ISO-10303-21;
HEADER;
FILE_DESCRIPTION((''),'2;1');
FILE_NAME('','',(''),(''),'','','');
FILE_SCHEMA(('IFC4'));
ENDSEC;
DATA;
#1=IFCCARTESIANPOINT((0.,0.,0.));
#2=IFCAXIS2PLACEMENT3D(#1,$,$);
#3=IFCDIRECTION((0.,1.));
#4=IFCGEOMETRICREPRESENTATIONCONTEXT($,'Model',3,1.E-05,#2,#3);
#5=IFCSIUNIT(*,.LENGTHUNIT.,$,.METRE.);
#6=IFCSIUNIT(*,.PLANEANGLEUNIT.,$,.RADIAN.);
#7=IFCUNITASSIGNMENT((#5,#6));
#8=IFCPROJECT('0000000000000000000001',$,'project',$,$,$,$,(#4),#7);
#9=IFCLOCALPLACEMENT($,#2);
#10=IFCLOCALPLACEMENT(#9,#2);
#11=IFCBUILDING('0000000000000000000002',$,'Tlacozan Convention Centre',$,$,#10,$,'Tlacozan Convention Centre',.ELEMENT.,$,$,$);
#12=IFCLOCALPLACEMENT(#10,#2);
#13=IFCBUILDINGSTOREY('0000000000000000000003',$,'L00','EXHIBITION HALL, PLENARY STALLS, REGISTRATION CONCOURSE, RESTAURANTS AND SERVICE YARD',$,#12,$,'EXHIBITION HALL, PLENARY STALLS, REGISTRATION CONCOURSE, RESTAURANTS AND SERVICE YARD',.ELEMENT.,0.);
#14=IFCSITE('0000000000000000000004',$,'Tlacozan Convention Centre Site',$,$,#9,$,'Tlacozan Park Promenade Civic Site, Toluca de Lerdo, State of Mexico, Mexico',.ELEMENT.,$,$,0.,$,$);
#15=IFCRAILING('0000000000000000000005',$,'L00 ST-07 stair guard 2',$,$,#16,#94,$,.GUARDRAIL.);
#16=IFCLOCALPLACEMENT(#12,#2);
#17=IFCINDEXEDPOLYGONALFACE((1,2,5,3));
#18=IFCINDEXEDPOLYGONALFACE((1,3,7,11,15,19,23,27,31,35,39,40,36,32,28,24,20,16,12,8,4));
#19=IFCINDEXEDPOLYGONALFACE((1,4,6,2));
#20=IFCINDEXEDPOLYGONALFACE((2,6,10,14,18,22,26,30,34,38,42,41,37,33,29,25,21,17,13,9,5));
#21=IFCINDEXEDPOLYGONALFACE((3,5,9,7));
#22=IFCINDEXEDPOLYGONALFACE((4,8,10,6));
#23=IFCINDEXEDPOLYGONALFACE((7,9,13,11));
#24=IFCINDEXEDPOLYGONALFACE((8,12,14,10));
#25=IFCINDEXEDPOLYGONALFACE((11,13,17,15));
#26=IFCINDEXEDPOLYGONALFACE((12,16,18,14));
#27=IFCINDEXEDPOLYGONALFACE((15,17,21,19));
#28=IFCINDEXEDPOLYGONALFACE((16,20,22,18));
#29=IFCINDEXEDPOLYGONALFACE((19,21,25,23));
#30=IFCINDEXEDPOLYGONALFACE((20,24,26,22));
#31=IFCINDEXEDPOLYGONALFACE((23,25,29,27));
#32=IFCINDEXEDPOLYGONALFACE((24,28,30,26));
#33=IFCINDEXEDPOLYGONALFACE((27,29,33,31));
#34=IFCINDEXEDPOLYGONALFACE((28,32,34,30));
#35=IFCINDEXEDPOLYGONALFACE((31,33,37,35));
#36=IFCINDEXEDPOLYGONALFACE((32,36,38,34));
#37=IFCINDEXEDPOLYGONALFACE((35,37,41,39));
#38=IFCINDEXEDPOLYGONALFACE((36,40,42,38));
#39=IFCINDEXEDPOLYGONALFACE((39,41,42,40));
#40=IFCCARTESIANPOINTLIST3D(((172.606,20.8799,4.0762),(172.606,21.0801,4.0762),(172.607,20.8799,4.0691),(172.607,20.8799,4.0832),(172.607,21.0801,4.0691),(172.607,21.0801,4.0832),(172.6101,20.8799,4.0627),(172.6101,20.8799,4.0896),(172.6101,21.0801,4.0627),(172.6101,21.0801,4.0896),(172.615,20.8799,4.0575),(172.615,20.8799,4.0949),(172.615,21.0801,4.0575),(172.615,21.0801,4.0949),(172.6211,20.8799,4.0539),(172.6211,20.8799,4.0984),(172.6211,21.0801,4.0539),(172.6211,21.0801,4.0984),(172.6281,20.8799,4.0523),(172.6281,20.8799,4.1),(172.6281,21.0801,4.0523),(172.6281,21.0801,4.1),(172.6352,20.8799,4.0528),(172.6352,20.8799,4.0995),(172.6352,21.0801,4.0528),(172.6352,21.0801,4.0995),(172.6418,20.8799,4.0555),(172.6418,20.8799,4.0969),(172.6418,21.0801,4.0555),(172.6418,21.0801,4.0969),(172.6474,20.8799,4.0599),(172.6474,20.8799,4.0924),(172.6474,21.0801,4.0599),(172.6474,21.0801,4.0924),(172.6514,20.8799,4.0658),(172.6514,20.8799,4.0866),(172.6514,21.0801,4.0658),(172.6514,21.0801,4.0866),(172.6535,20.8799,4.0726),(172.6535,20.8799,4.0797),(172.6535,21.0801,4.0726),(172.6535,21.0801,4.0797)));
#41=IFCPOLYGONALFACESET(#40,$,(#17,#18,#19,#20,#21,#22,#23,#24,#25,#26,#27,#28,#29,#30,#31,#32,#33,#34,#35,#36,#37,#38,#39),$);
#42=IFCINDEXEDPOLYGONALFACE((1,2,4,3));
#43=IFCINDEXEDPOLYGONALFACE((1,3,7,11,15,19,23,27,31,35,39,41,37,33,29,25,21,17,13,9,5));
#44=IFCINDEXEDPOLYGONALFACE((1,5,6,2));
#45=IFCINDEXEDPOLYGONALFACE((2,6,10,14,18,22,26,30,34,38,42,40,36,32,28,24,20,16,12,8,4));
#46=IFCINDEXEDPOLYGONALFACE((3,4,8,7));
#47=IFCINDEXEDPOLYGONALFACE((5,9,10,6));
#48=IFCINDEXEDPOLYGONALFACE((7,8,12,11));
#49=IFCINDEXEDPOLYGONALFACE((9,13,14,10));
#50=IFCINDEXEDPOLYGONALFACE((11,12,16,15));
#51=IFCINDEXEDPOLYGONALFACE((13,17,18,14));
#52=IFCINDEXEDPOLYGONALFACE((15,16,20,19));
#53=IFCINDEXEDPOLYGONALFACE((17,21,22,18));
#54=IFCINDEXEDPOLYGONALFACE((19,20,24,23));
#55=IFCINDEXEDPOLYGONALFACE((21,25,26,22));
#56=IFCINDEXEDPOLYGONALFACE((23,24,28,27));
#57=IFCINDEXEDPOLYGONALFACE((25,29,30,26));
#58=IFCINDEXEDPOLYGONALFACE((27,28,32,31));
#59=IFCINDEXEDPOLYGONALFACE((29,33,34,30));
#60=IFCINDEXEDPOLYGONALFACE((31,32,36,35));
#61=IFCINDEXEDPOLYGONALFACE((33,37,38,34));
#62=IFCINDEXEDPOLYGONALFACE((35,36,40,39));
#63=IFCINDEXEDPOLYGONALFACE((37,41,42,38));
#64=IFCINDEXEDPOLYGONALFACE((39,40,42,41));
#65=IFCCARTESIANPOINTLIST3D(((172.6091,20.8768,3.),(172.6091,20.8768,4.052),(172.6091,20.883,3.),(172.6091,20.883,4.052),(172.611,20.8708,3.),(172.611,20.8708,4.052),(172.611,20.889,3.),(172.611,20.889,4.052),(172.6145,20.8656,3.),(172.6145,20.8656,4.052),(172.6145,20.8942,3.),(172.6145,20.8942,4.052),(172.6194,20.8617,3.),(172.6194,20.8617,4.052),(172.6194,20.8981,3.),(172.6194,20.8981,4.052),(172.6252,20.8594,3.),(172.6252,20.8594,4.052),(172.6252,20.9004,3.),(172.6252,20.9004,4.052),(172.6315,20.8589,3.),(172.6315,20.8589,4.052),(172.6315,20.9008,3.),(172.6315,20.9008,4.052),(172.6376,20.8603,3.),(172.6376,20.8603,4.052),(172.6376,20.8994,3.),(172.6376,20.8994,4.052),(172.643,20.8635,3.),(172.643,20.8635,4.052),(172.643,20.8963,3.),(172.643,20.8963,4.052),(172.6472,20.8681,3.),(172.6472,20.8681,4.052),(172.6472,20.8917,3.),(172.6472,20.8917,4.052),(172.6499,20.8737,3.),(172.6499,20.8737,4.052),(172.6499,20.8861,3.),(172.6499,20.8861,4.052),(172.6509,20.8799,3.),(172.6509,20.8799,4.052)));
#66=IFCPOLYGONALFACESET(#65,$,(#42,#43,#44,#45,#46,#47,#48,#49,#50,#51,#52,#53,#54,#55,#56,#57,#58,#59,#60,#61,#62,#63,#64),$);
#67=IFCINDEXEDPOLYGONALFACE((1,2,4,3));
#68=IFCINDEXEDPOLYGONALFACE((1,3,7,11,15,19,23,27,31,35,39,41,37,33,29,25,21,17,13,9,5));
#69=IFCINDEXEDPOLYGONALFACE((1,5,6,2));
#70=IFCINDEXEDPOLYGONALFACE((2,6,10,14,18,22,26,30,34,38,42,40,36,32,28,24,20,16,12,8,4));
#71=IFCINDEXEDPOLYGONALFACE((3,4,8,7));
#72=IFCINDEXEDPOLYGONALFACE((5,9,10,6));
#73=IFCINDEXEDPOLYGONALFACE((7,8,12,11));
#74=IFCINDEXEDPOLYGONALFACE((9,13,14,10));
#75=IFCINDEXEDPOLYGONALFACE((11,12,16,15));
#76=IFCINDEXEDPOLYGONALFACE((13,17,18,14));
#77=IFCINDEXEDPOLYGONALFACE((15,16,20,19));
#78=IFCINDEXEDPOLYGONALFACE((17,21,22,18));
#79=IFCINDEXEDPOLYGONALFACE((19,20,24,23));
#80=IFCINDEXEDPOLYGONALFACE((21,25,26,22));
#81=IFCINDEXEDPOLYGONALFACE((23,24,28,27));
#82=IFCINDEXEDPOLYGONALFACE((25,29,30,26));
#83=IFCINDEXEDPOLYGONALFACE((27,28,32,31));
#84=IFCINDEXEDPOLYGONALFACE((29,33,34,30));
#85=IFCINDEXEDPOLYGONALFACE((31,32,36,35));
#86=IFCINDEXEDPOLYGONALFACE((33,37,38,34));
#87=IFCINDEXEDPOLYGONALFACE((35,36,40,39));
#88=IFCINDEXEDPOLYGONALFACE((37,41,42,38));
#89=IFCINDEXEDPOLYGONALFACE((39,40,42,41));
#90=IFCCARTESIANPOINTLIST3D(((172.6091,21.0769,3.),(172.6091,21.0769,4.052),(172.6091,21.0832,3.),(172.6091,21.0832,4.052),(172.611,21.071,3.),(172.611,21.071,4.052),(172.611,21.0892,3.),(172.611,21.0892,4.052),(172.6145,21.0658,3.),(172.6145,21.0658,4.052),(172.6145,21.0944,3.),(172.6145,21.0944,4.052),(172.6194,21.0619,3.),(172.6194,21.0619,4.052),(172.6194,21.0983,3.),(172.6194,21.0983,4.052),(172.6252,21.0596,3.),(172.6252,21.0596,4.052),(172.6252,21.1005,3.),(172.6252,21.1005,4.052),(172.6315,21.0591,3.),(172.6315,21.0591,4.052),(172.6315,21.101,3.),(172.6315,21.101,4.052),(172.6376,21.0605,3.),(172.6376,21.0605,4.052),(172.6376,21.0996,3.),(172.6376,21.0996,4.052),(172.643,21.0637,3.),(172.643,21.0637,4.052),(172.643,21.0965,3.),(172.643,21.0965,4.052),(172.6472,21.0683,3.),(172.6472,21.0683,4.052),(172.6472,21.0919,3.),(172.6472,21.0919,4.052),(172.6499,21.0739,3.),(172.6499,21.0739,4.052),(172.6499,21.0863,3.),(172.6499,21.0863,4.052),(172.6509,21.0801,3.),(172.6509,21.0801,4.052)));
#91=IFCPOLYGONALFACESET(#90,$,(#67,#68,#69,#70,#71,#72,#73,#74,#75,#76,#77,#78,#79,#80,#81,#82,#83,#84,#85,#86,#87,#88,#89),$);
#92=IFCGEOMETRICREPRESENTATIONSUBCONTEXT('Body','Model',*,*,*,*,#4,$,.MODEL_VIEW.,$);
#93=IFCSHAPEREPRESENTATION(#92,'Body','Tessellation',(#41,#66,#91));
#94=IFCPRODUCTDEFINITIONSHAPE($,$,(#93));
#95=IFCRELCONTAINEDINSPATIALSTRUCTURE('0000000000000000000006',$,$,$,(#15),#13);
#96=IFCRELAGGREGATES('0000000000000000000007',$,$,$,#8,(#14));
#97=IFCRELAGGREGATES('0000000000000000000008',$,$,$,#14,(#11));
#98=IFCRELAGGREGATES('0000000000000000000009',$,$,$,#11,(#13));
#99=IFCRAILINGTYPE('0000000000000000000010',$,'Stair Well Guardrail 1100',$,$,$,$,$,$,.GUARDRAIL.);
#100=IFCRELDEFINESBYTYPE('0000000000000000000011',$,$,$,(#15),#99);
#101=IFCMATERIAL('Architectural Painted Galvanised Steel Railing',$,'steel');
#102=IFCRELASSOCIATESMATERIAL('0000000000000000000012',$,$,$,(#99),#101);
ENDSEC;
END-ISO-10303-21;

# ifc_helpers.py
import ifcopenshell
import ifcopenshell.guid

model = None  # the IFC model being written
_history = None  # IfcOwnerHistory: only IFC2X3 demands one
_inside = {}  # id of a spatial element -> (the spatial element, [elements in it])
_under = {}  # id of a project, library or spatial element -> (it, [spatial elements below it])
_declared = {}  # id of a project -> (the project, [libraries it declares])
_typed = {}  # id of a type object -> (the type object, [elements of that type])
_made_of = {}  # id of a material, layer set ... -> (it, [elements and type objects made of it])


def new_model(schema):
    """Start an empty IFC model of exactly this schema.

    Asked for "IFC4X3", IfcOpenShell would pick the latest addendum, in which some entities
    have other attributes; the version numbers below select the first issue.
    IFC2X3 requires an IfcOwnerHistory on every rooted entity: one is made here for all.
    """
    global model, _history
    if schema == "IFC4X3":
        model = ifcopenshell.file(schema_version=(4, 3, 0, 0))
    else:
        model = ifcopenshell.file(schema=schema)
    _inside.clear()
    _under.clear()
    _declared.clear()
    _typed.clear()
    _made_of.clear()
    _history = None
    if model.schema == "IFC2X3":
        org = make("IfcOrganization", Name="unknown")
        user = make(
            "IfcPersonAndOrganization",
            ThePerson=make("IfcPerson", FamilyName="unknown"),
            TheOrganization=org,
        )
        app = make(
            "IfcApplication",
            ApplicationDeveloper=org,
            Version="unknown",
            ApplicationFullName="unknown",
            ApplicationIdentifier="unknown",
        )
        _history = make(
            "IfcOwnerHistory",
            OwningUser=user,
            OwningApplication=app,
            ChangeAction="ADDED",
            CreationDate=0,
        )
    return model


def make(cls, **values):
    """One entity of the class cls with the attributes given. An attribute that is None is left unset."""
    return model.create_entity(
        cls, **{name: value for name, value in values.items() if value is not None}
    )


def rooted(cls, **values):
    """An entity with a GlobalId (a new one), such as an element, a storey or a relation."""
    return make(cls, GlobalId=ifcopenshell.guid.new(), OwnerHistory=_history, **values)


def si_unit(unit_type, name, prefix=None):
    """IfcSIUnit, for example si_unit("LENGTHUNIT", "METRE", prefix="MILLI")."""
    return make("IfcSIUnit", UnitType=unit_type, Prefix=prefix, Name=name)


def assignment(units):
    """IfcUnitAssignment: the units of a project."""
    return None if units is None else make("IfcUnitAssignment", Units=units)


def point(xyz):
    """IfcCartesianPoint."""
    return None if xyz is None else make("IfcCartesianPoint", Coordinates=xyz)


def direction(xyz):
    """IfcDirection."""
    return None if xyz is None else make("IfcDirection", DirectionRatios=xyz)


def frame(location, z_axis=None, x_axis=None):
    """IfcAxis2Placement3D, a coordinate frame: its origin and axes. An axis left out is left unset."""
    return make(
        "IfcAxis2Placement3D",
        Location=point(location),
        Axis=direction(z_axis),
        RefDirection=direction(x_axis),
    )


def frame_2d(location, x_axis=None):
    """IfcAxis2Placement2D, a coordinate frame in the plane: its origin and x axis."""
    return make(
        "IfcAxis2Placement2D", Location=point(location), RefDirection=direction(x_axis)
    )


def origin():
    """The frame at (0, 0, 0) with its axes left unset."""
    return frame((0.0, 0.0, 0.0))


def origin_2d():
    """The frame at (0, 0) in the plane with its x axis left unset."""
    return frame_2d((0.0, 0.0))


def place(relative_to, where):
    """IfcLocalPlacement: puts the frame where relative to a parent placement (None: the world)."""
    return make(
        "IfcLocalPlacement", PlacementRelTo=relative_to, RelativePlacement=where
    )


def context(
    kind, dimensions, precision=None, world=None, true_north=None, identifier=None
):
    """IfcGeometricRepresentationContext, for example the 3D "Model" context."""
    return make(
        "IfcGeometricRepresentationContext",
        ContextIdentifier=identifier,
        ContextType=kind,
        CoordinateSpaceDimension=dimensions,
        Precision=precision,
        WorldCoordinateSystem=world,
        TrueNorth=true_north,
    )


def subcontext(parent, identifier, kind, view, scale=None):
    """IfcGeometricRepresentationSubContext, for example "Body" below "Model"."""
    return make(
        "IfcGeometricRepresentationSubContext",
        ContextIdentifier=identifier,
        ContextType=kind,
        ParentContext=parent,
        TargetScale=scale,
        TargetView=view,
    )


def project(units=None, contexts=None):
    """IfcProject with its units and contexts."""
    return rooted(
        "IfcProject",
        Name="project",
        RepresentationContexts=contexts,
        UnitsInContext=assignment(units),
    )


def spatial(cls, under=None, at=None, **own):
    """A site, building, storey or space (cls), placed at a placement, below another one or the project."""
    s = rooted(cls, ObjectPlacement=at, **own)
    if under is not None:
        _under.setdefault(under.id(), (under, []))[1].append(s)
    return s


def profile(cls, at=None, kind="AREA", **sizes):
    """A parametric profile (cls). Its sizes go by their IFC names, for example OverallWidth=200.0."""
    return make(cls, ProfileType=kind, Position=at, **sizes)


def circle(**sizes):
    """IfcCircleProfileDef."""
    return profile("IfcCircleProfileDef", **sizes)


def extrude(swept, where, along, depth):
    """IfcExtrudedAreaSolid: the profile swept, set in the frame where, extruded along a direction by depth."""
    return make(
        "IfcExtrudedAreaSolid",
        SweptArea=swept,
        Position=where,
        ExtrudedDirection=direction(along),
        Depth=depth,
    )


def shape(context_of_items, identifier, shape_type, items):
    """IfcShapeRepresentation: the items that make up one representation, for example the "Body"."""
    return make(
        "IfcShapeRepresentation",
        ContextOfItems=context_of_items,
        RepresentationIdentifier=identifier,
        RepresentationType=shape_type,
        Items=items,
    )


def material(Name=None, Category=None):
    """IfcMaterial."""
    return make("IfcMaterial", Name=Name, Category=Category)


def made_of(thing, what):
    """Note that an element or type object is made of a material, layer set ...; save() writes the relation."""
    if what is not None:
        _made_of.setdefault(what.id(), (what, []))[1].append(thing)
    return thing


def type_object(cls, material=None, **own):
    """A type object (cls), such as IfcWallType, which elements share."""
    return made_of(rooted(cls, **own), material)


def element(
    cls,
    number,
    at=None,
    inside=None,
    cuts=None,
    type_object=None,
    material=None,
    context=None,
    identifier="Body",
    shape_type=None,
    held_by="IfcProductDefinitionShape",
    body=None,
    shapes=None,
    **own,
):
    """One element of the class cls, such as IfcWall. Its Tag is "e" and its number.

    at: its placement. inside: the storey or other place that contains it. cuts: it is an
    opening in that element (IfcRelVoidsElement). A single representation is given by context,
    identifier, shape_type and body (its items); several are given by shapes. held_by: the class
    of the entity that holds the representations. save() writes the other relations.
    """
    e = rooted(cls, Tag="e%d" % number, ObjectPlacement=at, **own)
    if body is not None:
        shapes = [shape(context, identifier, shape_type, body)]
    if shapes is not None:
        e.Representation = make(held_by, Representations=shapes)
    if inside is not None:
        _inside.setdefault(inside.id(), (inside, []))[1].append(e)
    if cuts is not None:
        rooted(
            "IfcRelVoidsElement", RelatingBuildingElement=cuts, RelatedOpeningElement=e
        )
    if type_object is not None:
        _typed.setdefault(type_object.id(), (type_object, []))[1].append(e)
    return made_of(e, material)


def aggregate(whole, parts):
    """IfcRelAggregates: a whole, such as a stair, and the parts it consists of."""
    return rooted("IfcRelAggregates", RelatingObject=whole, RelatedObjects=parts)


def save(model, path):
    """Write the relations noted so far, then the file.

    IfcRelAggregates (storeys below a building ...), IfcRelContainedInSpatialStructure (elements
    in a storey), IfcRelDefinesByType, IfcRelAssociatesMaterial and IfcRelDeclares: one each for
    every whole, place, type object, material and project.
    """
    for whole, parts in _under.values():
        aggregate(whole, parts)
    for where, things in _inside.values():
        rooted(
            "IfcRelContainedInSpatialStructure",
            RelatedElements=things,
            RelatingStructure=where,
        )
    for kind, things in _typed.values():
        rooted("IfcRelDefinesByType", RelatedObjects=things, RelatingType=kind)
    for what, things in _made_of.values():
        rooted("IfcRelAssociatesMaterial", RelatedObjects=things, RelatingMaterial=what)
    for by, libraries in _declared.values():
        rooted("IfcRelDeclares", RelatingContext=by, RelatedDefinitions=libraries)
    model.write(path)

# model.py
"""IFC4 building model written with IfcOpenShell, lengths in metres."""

from ifc_helpers import new_model, si_unit, direction, frame, origin, origin_2d, place, context, subcontext, project, spatial, circle, extrude, material, type_object, element, save


model = new_model("IFC4")

# Units and contexts
model_context = context("Model", 3, precision=1e-05, world=origin(), true_north=direction((0.0, 1.0)))
body_context = subcontext(model_context, "Body", "Model", "MODEL_VIEW")
ifc_project = project(units=[si_unit("LENGTHUNIT", "METRE"), si_unit("PLANEANGLEUNIT", "RADIAN")], contexts=[model_context])

# Site, building, storey
site_placement = place(None, origin())
site = spatial("IfcSite", under=ifc_project, at=site_placement, Name="Tlacozan Convention Centre Site", LongName="Tlacozan Park Promenade Civic Site, Toluca de Lerdo, State of Mexico, Mexico", CompositionType="ELEMENT", RefElevation=0.0)
building_placement = place(site_placement, origin())
building = spatial("IfcBuilding", under=site, at=building_placement, Name="Tlacozan Convention Centre", LongName="Tlacozan Convention Centre", CompositionType="ELEMENT")
storey_placement = place(building_placement, origin())
storey = spatial("IfcBuildingStorey", under=building, at=storey_placement, Name="L00", Description="EXHIBITION HALL, PLENARY STALLS, REGISTRATION CONCOURSE, RESTAURANTS AND SERVICE YARD", LongName="EXHIBITION HALL, PLENARY STALLS, REGISTRATION CONCOURSE, RESTAURANTS AND SERVICE YARD", CompositionType="ELEMENT", Elevation=0.0)

# Railing
ifc_material_1 = material(Name="Architectural Painted Galvanised Steel Railing", Category="steel")
railing_type_1 = type_object("IfcRailingType", Name="Stair Well Guardrail 1100", PredefinedType="GUARDRAIL", material=ifc_material_1)
railing_1_placement = place(storey_placement, frame((172.6299, 20.8799, 3.0)))
element("IfcRailing", 1, at=railing_1_placement, inside=storey, type_object=railing_type_1, Name="L00 ST-07 stair guard 2", PredefinedType="GUARDRAIL", context=body_context, shape_type="SweptSolid", body=[
    extrude(circle(Radius=0.0239, at=origin_2d()), frame((0.0, 0.0, 1.0762), z_axis=(0.0, 1.0, 0.0), x_axis=(-1.0, 0.0, 0.0)), (0.0, 0.0, 1.0), 0.2002),
    extrude(circle(Radius=0.021, at=origin_2d()), origin(), (0.0, 0.0, 1.0), 1.052),
    extrude(circle(Radius=0.021, at=origin_2d()), frame((0.0, 0.2002, 0.0)), (0.0, 0.0, 1.0), 1.052),
])

save(model, "model.ifc")
